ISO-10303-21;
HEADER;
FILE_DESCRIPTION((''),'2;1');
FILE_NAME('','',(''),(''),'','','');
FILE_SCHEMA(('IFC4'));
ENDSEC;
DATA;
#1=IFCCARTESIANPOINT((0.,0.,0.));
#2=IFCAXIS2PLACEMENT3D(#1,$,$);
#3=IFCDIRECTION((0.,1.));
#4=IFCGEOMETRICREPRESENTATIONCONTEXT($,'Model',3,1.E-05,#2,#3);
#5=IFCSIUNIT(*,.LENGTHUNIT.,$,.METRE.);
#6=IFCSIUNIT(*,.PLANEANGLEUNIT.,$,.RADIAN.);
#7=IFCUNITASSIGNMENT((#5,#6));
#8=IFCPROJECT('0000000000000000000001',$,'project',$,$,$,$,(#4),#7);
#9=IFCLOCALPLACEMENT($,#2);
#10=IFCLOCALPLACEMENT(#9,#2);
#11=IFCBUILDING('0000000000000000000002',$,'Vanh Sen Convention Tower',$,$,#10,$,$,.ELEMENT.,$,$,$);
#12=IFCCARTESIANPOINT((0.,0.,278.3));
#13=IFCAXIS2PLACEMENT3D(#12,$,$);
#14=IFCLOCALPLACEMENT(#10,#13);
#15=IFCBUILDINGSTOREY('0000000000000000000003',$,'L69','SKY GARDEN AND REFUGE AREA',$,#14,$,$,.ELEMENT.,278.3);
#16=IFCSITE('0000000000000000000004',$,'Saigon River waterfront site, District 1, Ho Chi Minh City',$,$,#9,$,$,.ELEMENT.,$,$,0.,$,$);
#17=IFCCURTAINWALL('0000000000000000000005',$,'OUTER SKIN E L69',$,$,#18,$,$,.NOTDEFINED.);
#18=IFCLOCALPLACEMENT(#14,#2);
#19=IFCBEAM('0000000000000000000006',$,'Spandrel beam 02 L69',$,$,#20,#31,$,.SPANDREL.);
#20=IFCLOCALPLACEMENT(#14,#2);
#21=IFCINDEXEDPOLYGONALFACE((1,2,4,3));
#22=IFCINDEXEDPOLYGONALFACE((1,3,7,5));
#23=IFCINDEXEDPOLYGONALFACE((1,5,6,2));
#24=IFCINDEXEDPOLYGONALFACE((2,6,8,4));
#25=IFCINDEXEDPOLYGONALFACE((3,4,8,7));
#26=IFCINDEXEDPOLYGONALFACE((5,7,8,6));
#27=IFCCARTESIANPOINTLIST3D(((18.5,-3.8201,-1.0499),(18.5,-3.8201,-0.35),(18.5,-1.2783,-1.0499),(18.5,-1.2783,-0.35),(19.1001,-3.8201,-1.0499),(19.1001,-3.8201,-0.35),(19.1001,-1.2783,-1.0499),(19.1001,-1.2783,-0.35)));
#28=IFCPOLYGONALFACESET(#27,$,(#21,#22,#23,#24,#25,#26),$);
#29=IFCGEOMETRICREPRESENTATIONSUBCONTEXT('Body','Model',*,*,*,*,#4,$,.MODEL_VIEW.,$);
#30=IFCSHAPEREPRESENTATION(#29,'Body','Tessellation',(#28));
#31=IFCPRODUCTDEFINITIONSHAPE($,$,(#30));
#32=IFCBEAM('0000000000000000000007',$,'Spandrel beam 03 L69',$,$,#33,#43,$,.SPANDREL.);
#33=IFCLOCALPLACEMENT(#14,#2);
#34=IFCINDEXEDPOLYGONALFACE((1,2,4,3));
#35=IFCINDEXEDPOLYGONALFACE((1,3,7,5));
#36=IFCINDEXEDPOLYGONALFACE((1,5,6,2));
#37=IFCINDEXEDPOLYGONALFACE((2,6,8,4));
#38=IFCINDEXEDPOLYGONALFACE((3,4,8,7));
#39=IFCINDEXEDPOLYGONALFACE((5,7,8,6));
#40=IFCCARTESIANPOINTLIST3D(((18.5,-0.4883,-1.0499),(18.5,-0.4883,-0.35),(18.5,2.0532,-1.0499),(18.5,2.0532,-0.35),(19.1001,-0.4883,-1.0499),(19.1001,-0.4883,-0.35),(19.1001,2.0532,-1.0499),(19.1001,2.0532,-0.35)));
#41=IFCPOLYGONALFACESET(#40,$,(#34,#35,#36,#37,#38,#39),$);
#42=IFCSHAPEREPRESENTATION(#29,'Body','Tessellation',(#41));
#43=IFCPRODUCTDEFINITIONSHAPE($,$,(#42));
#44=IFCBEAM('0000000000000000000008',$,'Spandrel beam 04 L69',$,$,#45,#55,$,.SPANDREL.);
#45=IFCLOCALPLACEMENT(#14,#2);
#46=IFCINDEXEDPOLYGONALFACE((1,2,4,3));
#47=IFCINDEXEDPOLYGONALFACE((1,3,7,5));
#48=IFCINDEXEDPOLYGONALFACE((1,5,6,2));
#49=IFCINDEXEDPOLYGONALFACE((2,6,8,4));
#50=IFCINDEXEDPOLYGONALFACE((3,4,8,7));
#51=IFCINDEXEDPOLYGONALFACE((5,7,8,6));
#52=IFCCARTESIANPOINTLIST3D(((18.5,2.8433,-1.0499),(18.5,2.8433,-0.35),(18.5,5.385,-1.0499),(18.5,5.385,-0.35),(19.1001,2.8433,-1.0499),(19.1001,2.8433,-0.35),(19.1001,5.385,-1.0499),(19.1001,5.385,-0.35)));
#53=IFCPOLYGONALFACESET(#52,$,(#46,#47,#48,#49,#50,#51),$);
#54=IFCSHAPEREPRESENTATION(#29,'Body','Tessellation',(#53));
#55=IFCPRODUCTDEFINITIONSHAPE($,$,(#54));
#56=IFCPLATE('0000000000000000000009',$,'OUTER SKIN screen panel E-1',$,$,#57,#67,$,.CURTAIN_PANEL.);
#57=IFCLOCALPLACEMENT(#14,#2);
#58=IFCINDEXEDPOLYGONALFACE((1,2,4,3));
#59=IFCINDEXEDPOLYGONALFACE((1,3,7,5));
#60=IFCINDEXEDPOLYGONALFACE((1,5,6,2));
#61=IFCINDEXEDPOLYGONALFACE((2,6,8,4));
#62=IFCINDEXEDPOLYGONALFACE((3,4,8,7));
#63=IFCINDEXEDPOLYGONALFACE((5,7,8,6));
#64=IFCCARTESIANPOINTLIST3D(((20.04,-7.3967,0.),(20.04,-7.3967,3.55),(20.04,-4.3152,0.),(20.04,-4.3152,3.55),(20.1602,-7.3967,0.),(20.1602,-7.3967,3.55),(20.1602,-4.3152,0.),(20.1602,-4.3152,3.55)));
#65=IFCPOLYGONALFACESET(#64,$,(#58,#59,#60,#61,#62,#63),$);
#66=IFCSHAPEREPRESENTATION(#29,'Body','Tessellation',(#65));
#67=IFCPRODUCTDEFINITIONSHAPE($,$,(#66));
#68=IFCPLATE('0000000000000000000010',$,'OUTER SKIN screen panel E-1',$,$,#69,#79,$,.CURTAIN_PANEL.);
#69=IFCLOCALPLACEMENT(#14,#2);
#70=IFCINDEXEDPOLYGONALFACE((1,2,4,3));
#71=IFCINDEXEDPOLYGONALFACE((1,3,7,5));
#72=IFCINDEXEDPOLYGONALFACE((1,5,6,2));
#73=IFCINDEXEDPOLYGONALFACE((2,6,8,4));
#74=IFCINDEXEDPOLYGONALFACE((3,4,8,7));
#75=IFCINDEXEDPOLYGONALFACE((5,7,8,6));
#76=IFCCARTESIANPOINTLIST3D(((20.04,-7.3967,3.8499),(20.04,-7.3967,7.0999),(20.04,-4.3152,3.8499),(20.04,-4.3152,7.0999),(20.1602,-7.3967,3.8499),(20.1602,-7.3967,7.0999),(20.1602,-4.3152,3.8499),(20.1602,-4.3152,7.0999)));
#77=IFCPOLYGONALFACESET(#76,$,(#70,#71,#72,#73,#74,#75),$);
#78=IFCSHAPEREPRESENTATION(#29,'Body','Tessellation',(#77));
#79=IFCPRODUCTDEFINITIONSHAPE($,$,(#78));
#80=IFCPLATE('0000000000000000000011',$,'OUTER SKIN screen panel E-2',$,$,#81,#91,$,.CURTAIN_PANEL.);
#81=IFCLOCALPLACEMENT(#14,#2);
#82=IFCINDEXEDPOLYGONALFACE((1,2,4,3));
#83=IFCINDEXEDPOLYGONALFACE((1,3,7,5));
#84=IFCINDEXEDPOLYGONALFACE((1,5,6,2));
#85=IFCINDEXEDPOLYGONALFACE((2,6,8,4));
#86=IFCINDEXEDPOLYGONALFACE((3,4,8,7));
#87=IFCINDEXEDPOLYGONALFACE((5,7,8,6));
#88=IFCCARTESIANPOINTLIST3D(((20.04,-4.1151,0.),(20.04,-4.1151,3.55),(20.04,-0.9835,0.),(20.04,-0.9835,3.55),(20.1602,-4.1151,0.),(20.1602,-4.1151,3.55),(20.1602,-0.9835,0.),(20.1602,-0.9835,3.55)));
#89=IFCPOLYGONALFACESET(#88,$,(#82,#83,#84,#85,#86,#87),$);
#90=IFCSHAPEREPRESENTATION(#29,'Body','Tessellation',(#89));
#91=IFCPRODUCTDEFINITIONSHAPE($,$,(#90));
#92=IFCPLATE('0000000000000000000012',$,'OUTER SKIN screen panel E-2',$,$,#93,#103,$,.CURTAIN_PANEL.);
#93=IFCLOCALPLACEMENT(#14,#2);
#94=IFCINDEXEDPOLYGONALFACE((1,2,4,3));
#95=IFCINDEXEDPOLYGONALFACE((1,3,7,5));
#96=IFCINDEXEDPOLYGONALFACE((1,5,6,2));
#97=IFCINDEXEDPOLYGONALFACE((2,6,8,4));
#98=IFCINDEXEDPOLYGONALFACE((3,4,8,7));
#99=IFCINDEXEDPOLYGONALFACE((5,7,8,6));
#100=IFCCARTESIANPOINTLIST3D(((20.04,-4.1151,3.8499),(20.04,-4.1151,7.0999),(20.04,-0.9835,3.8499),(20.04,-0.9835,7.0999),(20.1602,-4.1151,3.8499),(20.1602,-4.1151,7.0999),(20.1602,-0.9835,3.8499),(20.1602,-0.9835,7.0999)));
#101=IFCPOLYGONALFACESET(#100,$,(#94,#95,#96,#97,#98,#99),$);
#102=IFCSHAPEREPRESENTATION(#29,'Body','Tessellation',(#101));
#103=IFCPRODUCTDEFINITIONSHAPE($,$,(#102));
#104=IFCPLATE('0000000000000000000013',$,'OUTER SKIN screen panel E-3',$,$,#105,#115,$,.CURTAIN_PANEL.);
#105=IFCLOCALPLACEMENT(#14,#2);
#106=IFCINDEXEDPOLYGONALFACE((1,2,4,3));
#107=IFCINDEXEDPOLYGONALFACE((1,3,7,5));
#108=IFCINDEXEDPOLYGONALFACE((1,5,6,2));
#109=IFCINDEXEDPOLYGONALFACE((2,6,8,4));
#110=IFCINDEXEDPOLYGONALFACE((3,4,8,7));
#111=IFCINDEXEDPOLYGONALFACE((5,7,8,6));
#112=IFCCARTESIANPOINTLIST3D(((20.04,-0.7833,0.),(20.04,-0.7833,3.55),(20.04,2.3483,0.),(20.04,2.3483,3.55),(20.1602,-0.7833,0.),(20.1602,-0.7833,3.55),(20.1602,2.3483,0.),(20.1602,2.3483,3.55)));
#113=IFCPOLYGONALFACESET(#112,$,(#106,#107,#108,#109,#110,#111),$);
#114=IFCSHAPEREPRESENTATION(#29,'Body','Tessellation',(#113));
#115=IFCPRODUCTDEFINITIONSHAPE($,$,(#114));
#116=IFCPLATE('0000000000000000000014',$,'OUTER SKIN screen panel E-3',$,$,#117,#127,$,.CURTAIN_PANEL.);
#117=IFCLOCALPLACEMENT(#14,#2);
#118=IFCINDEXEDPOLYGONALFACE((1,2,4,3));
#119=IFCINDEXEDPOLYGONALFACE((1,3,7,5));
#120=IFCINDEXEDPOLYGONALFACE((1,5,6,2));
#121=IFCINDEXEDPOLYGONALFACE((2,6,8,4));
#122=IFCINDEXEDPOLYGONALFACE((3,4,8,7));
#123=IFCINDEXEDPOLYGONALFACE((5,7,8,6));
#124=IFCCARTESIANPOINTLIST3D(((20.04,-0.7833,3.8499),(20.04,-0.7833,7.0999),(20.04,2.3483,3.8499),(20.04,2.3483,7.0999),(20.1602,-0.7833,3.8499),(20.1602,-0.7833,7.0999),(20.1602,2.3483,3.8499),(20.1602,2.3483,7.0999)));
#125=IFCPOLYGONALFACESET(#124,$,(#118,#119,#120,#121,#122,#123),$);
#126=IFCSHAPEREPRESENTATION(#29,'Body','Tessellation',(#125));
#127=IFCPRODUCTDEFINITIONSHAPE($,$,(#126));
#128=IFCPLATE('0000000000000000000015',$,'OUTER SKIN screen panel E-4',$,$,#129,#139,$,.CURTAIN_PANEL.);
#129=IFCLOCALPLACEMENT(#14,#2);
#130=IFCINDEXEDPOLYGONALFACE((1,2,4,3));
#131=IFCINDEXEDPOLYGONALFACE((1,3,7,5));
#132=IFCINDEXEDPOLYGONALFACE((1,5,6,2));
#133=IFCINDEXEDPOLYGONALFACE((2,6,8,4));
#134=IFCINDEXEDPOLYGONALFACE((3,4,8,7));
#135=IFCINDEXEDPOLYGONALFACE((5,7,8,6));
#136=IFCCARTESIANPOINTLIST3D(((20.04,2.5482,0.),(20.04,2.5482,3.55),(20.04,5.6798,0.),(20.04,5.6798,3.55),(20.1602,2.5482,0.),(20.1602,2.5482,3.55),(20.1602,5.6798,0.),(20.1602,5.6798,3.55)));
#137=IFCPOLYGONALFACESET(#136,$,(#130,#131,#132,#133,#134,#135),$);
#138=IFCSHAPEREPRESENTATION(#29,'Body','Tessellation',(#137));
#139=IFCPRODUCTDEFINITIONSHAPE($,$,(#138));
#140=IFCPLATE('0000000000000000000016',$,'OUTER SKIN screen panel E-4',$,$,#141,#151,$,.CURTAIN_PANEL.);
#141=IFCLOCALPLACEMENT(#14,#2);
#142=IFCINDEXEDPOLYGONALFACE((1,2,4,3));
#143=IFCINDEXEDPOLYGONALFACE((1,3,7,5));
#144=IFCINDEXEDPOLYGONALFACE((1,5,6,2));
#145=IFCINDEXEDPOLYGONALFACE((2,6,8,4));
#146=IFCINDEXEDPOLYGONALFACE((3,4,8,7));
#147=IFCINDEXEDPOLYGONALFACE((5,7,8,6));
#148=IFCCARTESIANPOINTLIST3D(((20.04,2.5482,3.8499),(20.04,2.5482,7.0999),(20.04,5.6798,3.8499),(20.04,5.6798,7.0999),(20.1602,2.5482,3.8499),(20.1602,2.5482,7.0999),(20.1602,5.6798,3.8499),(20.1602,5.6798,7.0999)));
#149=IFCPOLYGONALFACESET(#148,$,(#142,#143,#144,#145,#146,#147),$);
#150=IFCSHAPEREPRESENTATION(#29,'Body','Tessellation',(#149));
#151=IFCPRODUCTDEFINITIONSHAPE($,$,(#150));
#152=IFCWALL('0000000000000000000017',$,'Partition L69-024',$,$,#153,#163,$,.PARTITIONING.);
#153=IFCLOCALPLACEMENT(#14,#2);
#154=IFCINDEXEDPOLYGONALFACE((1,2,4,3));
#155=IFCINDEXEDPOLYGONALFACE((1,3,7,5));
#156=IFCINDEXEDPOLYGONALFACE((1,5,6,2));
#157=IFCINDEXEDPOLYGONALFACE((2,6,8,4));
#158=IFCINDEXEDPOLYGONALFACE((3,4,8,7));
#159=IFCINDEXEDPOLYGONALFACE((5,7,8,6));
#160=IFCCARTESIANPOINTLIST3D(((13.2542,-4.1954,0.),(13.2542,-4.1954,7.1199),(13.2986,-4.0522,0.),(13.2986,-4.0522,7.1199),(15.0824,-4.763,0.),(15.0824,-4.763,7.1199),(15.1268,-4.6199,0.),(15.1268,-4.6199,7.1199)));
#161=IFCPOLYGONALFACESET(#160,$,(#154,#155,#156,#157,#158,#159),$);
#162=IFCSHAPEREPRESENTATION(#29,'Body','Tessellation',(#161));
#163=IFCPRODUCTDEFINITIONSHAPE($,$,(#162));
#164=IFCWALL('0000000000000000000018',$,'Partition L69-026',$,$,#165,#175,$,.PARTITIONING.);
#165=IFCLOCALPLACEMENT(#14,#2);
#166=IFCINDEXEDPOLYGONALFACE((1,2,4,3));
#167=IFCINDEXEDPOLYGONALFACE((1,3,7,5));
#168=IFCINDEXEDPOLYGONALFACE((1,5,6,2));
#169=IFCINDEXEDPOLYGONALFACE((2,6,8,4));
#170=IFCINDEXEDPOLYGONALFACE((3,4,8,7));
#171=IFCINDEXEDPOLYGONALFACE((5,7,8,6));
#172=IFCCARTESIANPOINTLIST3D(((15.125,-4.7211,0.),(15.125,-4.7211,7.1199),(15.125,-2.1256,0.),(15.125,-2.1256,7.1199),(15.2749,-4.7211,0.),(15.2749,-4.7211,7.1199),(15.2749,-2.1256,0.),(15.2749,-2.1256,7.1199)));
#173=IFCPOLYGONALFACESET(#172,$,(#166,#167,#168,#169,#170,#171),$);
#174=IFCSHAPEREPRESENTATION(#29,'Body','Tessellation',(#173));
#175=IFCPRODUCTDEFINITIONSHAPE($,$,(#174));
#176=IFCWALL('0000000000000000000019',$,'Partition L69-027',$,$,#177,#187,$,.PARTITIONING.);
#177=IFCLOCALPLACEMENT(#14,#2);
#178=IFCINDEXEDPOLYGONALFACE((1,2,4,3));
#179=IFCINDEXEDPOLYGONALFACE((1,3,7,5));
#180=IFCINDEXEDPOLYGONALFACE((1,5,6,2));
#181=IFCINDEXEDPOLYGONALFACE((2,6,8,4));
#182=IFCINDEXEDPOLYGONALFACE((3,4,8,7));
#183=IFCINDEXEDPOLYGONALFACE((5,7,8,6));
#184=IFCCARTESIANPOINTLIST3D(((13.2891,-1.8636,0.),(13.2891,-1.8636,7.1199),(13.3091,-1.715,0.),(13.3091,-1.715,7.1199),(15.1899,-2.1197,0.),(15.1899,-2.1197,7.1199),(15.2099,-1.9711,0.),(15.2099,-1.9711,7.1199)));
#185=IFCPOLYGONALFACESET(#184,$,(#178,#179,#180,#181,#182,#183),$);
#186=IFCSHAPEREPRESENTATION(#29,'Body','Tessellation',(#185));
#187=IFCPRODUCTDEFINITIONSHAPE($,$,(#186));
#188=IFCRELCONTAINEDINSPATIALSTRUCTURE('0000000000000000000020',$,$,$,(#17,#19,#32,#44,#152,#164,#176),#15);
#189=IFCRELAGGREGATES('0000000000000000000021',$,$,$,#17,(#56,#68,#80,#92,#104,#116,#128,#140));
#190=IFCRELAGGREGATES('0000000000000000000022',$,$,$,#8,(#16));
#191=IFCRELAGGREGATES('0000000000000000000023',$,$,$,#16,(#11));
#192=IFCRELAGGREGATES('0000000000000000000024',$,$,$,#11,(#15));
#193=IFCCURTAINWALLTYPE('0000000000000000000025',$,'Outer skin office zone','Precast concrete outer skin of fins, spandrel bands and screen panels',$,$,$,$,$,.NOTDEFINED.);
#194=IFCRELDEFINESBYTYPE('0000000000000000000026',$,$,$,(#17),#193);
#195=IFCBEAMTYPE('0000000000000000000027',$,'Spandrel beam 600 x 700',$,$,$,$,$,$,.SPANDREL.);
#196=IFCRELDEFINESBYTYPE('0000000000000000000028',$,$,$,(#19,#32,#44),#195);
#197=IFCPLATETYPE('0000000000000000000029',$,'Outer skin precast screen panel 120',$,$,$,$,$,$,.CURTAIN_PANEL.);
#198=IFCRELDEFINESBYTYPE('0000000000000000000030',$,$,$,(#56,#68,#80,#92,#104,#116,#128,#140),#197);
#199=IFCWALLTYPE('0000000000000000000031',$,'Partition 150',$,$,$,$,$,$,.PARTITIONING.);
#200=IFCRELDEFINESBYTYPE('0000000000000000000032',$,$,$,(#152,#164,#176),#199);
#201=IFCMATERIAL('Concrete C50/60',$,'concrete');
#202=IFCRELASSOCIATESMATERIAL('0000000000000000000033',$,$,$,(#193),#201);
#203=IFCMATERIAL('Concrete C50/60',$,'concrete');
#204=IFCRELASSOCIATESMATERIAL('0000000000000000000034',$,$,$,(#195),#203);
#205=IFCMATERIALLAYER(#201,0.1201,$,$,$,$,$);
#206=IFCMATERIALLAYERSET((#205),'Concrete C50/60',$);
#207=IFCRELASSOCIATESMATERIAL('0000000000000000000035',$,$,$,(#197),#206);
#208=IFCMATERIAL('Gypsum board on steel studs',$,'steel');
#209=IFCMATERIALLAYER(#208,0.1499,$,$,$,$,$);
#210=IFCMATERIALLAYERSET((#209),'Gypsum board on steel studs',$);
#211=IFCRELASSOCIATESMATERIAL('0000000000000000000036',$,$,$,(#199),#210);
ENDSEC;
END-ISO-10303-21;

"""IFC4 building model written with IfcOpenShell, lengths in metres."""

from ifc_helpers import new_model, si_unit, direction, frame, frame_2d, origin, origin_2d, place, context, subcontext, project, spatial, rectangle, extrude, material, layer, layer_set, material_profile, profile_set, type_object, element, aggregate, save


model = new_model("IFC4")

# Units and contexts
model_context = context("Model", 3, precision=1e-05, world=origin(), true_north=direction((0.0, 1.0)))
body_context = subcontext(model_context, "Body", "Model", "MODEL_VIEW")
ifc_project = project(units=[si_unit("LENGTHUNIT", "METRE"), si_unit("PLANEANGLEUNIT", "RADIAN")], contexts=[model_context])

# Site, building, storey
site_placement = place(None, origin())
site = spatial("IfcSite", under=ifc_project, at=site_placement, Name="Saigon River waterfront site, District 1, Ho Chi Minh City", CompositionType="ELEMENT", RefElevation=0.0)
building_placement = place(site_placement, origin())
building = spatial("IfcBuilding", under=site, at=building_placement, Name="Vanh Sen Convention Tower", CompositionType="ELEMENT")
storey_placement = place(building_placement, frame((0.0, 0.0, 278.3)))
storey = spatial("IfcBuildingStorey", under=building, at=storey_placement, Name="L69", Description="SKY GARDEN AND REFUGE AREA", CompositionType="ELEMENT", Elevation=278.3)

# Curtain wall
ifc_material_1 = material(Name="Concrete C50/60", Category="concrete")
curtain_wall_type = type_object("IfcCurtainWallType", Name="Outer skin office zone", Description="Precast concrete outer skin of fins, spandrel bands and screen panels", PredefinedType="NOTDEFINED", material=ifc_material_1)
curtain_wall_placement = place(storey_placement, origin())
curtain_wall = element("IfcCurtainWall", 1, at=curtain_wall_placement, inside=storey, type_object=curtain_wall_type, Name="OUTER SKIN E L69", PredefinedType="NOTDEFINED")

# Beams
ifc_material_2 = material(Name="Concrete C50/60", Category="concrete")
ifc_material_profile_1 = material_profile(ifc_material_2, rectangle(XDim=0.6001, YDim=0.7, at=origin_2d()), Name="RC 600X700")
ifc_profile_set_1 = profile_set([ifc_material_profile_1], Name="Concrete C50/60")
beam_type_1 = type_object("IfcBeamType", Name="Spandrel beam 600 x 700", PredefinedType="SPANDREL", material=ifc_profile_set_1)
beam_1_placement = place(storey_placement, frame((18.8, -3.8201, -0.7), z_axis=(0.0, 1.0, 0.0), x_axis=(-1.0, 0.0, 0.0)))
element("IfcBeam", 2, at=beam_1_placement, inside=storey, type_object=beam_type_1, Name="Spandrel beam 02 L69", PredefinedType="SPANDREL", context=body_context, shape_type="SweptSolid", body=[
    extrude(rectangle(XDim=0.6001, YDim=0.7, at=origin_2d()), origin(), (0.0, 0.0, 1.0), 2.5417),
])
beam_2_placement = place(storey_placement, frame((18.8, -0.4883, -0.7), z_axis=(0.0, 1.0, 0.0), x_axis=(-1.0, 0.0, 0.0)))
element("IfcBeam", 3, at=beam_2_placement, inside=storey, type_object=beam_type_1, Name="Spandrel beam 03 L69", PredefinedType="SPANDREL", context=body_context, shape_type="SweptSolid", body=[
    extrude(rectangle(XDim=0.6001, YDim=0.7, at=origin_2d()), origin(), (0.0, 0.0, 1.0), 2.5415),
])
beam_3_placement = place(storey_placement, frame((18.8, 2.8433, -0.7), z_axis=(0.0, 1.0, 0.0), x_axis=(-1.0, 0.0, 0.0)))
element("IfcBeam", 4, at=beam_3_placement, inside=storey, type_object=beam_type_1, Name="Spandrel beam 04 L69", PredefinedType="SPANDREL", context=body_context, shape_type="SweptSolid", body=[
    extrude(rectangle(XDim=0.6001, YDim=0.7, at=origin_2d()), origin(), (0.0, 0.0, 1.0), 2.5417),
])

# Plates
ifc_layer_1 = layer(ifc_material_1, 0.1201)
ifc_layer_set_1 = layer_set([ifc_layer_1], Name="Concrete C50/60")
plate_type = type_object("IfcPlateType", Name="Outer skin precast screen panel 120", PredefinedType="CURTAIN_PANEL", material=ifc_layer_set_1)
plate_1_placement = place(storey_placement, frame((20.1001, -5.856, 0.0), z_axis=(0.0, 0.0, 1.0), x_axis=(0.0, 1.0, 0.0)))
plate_1 = element("IfcPlate", 5, at=plate_1_placement, type_object=plate_type, Name="OUTER SKIN screen panel E-1", PredefinedType="CURTAIN_PANEL", context=body_context, shape_type="SweptSolid", body=[
    extrude(rectangle(XDim=3.0815, YDim=0.1201, at=origin_2d()), origin(), (0.0, 0.0, 1.0), 3.55),
])
plate_2_placement = place(storey_placement, frame((20.1001, -5.856, 3.8499), z_axis=(0.0, 0.0, 1.0), x_axis=(0.0, 1.0, 0.0)))
plate_2 = element("IfcPlate", 6, at=plate_2_placement, type_object=plate_type, Name="OUTER SKIN screen panel E-1", PredefinedType="CURTAIN_PANEL", context=body_context, shape_type="SweptSolid", body=[
    extrude(rectangle(XDim=3.0815, YDim=0.1201, at=origin_2d()), origin(), (0.0, 0.0, 1.0), 3.25),
])
plate_3_placement = place(storey_placement, frame((20.1001, -2.5493, 0.0), z_axis=(0.0, 0.0, 1.0), x_axis=(0.0, 1.0, 0.0)))
plate_3 = element("IfcPlate", 7, at=plate_3_placement, type_object=plate_type, Name="OUTER SKIN screen panel E-2", PredefinedType="CURTAIN_PANEL", context=body_context, shape_type="SweptSolid", body=[
    extrude(rectangle(XDim=3.1316, YDim=0.1201, at=origin_2d()), origin(), (0.0, 0.0, 1.0), 3.55),
])
plate_4_placement = place(storey_placement, frame((20.1001, -2.5493, 3.8499), z_axis=(0.0, 0.0, 1.0), x_axis=(0.0, 1.0, 0.0)))
plate_4 = element("IfcPlate", 8, at=plate_4_placement, type_object=plate_type, Name="OUTER SKIN screen panel E-2", PredefinedType="CURTAIN_PANEL", context=body_context, shape_type="SweptSolid", body=[
    extrude(rectangle(XDim=3.1316, YDim=0.1201, at=origin_2d()), origin(), (0.0, 0.0, 1.0), 3.25),
])
plate_5_placement = place(storey_placement, frame((20.1001, 0.7825, 0.0), z_axis=(0.0, 0.0, 1.0), x_axis=(0.0, 1.0, 0.0)))
plate_5 = element("IfcPlate", 9, at=plate_5_placement, type_object=plate_type, Name="OUTER SKIN screen panel E-3", PredefinedType="CURTAIN_PANEL", context=body_context, shape_type="SweptSolid", body=[
    extrude(rectangle(XDim=3.1316, YDim=0.1201, at=origin_2d()), origin(), (0.0, 0.0, 1.0), 3.55),
])
plate_6_placement = place(storey_placement, frame((20.1001, 0.7825, 3.8499), z_axis=(0.0, 0.0, 1.0), x_axis=(0.0, 1.0, 0.0)))
plate_6 = element("IfcPlate", 10, at=plate_6_placement, type_object=plate_type, Name="OUTER SKIN screen panel E-3", PredefinedType="CURTAIN_PANEL", context=body_context, shape_type="SweptSolid", body=[
    extrude(rectangle(XDim=3.1316, YDim=0.1201, at=origin_2d()), origin(), (0.0, 0.0, 1.0), 3.25),
])
plate_7_placement = place(storey_placement, frame((20.1001, 4.114, 0.0), z_axis=(0.0, 0.0, 1.0), x_axis=(0.0, 1.0, 0.0)))
plate_7 = element("IfcPlate", 11, at=plate_7_placement, type_object=plate_type, Name="OUTER SKIN screen panel E-4", PredefinedType="CURTAIN_PANEL", context=body_context, shape_type="SweptSolid", body=[
    extrude(rectangle(XDim=3.1316, YDim=0.1201, at=origin_2d()), origin(), (0.0, 0.0, 1.0), 3.55),
])
plate_8_placement = place(storey_placement, frame((20.1001, 4.114, 3.8499), z_axis=(0.0, 0.0, 1.0), x_axis=(0.0, 1.0, 0.0)))
plate_8 = element("IfcPlate", 12, at=plate_8_placement, type_object=plate_type, Name="OUTER SKIN screen panel E-4", PredefinedType="CURTAIN_PANEL", context=body_context, shape_type="SweptSolid", body=[
    extrude(rectangle(XDim=3.1316, YDim=0.1201, at=origin_2d()), origin(), (0.0, 0.0, 1.0), 3.25),
])
aggregate(curtain_wall, [plate_1, plate_2, plate_3, plate_4, plate_5, plate_6, plate_7, plate_8])

# Walls
ifc_material_3 = material(Name="Gypsum board on steel studs", Category="steel")
ifc_layer_2 = layer(ifc_material_3, 0.1499)
ifc_layer_set_2 = layer_set([ifc_layer_2], Name="Gypsum board on steel studs")
wall_type = type_object("IfcWallType", Name="Partition 150", PredefinedType="PARTITIONING", material=ifc_layer_set_2)
wall_1_placement = place(storey_placement, frame((15.1045, -4.6914, 0.0), z_axis=(0.0, 0.0, 1.0), x_axis=(-0.955023, 0.296532, 0.0)))
element("IfcWall", 13, at=wall_1_placement, inside=storey, type_object=wall_type, Name="Partition L69-024", PredefinedType="PARTITIONING", context=body_context, shape_type="SweptSolid", body=[
    extrude(rectangle(XDim=1.9143, YDim=0.1499, at=frame_2d((0.957, 0.0))), origin(), (0.0, 0.0, 1.0), 7.1199),
])
wall_2_placement = place(storey_placement, frame((15.2, -2.1255, 0.0), z_axis=(0.0, 0.0, 1.0), x_axis=(0.0, -1.0, 0.0)))
element("IfcWall", 14, at=wall_2_placement, inside=storey, type_object=wall_type, Name="Partition L69-026", PredefinedType="PARTITIONING", context=body_context, shape_type="SweptSolid", body=[
    extrude(rectangle(XDim=2.5955, YDim=0.1499, at=frame_2d((1.2979, 0.0))), origin(), (0.0, 0.0, 1.0), 7.1199),
])
wall_3_placement = place(storey_placement, frame((13.2991, -1.7893, 0.0), z_axis=(0.0, 0.0, 1.0), x_axis=(0.991046, -0.133523, 0.0)))
element("IfcWall", 15, at=wall_3_placement, inside=storey, type_object=wall_type, Name="Partition L69-027", PredefinedType="PARTITIONING", context=body_context, shape_type="SweptSolid", body=[
    extrude(rectangle(XDim=1.918, YDim=0.1499, at=frame_2d((0.959, 0.0))), origin(), (0.0, 0.0, 1.0), 7.1199),
])

save(model, "model.ifc")
